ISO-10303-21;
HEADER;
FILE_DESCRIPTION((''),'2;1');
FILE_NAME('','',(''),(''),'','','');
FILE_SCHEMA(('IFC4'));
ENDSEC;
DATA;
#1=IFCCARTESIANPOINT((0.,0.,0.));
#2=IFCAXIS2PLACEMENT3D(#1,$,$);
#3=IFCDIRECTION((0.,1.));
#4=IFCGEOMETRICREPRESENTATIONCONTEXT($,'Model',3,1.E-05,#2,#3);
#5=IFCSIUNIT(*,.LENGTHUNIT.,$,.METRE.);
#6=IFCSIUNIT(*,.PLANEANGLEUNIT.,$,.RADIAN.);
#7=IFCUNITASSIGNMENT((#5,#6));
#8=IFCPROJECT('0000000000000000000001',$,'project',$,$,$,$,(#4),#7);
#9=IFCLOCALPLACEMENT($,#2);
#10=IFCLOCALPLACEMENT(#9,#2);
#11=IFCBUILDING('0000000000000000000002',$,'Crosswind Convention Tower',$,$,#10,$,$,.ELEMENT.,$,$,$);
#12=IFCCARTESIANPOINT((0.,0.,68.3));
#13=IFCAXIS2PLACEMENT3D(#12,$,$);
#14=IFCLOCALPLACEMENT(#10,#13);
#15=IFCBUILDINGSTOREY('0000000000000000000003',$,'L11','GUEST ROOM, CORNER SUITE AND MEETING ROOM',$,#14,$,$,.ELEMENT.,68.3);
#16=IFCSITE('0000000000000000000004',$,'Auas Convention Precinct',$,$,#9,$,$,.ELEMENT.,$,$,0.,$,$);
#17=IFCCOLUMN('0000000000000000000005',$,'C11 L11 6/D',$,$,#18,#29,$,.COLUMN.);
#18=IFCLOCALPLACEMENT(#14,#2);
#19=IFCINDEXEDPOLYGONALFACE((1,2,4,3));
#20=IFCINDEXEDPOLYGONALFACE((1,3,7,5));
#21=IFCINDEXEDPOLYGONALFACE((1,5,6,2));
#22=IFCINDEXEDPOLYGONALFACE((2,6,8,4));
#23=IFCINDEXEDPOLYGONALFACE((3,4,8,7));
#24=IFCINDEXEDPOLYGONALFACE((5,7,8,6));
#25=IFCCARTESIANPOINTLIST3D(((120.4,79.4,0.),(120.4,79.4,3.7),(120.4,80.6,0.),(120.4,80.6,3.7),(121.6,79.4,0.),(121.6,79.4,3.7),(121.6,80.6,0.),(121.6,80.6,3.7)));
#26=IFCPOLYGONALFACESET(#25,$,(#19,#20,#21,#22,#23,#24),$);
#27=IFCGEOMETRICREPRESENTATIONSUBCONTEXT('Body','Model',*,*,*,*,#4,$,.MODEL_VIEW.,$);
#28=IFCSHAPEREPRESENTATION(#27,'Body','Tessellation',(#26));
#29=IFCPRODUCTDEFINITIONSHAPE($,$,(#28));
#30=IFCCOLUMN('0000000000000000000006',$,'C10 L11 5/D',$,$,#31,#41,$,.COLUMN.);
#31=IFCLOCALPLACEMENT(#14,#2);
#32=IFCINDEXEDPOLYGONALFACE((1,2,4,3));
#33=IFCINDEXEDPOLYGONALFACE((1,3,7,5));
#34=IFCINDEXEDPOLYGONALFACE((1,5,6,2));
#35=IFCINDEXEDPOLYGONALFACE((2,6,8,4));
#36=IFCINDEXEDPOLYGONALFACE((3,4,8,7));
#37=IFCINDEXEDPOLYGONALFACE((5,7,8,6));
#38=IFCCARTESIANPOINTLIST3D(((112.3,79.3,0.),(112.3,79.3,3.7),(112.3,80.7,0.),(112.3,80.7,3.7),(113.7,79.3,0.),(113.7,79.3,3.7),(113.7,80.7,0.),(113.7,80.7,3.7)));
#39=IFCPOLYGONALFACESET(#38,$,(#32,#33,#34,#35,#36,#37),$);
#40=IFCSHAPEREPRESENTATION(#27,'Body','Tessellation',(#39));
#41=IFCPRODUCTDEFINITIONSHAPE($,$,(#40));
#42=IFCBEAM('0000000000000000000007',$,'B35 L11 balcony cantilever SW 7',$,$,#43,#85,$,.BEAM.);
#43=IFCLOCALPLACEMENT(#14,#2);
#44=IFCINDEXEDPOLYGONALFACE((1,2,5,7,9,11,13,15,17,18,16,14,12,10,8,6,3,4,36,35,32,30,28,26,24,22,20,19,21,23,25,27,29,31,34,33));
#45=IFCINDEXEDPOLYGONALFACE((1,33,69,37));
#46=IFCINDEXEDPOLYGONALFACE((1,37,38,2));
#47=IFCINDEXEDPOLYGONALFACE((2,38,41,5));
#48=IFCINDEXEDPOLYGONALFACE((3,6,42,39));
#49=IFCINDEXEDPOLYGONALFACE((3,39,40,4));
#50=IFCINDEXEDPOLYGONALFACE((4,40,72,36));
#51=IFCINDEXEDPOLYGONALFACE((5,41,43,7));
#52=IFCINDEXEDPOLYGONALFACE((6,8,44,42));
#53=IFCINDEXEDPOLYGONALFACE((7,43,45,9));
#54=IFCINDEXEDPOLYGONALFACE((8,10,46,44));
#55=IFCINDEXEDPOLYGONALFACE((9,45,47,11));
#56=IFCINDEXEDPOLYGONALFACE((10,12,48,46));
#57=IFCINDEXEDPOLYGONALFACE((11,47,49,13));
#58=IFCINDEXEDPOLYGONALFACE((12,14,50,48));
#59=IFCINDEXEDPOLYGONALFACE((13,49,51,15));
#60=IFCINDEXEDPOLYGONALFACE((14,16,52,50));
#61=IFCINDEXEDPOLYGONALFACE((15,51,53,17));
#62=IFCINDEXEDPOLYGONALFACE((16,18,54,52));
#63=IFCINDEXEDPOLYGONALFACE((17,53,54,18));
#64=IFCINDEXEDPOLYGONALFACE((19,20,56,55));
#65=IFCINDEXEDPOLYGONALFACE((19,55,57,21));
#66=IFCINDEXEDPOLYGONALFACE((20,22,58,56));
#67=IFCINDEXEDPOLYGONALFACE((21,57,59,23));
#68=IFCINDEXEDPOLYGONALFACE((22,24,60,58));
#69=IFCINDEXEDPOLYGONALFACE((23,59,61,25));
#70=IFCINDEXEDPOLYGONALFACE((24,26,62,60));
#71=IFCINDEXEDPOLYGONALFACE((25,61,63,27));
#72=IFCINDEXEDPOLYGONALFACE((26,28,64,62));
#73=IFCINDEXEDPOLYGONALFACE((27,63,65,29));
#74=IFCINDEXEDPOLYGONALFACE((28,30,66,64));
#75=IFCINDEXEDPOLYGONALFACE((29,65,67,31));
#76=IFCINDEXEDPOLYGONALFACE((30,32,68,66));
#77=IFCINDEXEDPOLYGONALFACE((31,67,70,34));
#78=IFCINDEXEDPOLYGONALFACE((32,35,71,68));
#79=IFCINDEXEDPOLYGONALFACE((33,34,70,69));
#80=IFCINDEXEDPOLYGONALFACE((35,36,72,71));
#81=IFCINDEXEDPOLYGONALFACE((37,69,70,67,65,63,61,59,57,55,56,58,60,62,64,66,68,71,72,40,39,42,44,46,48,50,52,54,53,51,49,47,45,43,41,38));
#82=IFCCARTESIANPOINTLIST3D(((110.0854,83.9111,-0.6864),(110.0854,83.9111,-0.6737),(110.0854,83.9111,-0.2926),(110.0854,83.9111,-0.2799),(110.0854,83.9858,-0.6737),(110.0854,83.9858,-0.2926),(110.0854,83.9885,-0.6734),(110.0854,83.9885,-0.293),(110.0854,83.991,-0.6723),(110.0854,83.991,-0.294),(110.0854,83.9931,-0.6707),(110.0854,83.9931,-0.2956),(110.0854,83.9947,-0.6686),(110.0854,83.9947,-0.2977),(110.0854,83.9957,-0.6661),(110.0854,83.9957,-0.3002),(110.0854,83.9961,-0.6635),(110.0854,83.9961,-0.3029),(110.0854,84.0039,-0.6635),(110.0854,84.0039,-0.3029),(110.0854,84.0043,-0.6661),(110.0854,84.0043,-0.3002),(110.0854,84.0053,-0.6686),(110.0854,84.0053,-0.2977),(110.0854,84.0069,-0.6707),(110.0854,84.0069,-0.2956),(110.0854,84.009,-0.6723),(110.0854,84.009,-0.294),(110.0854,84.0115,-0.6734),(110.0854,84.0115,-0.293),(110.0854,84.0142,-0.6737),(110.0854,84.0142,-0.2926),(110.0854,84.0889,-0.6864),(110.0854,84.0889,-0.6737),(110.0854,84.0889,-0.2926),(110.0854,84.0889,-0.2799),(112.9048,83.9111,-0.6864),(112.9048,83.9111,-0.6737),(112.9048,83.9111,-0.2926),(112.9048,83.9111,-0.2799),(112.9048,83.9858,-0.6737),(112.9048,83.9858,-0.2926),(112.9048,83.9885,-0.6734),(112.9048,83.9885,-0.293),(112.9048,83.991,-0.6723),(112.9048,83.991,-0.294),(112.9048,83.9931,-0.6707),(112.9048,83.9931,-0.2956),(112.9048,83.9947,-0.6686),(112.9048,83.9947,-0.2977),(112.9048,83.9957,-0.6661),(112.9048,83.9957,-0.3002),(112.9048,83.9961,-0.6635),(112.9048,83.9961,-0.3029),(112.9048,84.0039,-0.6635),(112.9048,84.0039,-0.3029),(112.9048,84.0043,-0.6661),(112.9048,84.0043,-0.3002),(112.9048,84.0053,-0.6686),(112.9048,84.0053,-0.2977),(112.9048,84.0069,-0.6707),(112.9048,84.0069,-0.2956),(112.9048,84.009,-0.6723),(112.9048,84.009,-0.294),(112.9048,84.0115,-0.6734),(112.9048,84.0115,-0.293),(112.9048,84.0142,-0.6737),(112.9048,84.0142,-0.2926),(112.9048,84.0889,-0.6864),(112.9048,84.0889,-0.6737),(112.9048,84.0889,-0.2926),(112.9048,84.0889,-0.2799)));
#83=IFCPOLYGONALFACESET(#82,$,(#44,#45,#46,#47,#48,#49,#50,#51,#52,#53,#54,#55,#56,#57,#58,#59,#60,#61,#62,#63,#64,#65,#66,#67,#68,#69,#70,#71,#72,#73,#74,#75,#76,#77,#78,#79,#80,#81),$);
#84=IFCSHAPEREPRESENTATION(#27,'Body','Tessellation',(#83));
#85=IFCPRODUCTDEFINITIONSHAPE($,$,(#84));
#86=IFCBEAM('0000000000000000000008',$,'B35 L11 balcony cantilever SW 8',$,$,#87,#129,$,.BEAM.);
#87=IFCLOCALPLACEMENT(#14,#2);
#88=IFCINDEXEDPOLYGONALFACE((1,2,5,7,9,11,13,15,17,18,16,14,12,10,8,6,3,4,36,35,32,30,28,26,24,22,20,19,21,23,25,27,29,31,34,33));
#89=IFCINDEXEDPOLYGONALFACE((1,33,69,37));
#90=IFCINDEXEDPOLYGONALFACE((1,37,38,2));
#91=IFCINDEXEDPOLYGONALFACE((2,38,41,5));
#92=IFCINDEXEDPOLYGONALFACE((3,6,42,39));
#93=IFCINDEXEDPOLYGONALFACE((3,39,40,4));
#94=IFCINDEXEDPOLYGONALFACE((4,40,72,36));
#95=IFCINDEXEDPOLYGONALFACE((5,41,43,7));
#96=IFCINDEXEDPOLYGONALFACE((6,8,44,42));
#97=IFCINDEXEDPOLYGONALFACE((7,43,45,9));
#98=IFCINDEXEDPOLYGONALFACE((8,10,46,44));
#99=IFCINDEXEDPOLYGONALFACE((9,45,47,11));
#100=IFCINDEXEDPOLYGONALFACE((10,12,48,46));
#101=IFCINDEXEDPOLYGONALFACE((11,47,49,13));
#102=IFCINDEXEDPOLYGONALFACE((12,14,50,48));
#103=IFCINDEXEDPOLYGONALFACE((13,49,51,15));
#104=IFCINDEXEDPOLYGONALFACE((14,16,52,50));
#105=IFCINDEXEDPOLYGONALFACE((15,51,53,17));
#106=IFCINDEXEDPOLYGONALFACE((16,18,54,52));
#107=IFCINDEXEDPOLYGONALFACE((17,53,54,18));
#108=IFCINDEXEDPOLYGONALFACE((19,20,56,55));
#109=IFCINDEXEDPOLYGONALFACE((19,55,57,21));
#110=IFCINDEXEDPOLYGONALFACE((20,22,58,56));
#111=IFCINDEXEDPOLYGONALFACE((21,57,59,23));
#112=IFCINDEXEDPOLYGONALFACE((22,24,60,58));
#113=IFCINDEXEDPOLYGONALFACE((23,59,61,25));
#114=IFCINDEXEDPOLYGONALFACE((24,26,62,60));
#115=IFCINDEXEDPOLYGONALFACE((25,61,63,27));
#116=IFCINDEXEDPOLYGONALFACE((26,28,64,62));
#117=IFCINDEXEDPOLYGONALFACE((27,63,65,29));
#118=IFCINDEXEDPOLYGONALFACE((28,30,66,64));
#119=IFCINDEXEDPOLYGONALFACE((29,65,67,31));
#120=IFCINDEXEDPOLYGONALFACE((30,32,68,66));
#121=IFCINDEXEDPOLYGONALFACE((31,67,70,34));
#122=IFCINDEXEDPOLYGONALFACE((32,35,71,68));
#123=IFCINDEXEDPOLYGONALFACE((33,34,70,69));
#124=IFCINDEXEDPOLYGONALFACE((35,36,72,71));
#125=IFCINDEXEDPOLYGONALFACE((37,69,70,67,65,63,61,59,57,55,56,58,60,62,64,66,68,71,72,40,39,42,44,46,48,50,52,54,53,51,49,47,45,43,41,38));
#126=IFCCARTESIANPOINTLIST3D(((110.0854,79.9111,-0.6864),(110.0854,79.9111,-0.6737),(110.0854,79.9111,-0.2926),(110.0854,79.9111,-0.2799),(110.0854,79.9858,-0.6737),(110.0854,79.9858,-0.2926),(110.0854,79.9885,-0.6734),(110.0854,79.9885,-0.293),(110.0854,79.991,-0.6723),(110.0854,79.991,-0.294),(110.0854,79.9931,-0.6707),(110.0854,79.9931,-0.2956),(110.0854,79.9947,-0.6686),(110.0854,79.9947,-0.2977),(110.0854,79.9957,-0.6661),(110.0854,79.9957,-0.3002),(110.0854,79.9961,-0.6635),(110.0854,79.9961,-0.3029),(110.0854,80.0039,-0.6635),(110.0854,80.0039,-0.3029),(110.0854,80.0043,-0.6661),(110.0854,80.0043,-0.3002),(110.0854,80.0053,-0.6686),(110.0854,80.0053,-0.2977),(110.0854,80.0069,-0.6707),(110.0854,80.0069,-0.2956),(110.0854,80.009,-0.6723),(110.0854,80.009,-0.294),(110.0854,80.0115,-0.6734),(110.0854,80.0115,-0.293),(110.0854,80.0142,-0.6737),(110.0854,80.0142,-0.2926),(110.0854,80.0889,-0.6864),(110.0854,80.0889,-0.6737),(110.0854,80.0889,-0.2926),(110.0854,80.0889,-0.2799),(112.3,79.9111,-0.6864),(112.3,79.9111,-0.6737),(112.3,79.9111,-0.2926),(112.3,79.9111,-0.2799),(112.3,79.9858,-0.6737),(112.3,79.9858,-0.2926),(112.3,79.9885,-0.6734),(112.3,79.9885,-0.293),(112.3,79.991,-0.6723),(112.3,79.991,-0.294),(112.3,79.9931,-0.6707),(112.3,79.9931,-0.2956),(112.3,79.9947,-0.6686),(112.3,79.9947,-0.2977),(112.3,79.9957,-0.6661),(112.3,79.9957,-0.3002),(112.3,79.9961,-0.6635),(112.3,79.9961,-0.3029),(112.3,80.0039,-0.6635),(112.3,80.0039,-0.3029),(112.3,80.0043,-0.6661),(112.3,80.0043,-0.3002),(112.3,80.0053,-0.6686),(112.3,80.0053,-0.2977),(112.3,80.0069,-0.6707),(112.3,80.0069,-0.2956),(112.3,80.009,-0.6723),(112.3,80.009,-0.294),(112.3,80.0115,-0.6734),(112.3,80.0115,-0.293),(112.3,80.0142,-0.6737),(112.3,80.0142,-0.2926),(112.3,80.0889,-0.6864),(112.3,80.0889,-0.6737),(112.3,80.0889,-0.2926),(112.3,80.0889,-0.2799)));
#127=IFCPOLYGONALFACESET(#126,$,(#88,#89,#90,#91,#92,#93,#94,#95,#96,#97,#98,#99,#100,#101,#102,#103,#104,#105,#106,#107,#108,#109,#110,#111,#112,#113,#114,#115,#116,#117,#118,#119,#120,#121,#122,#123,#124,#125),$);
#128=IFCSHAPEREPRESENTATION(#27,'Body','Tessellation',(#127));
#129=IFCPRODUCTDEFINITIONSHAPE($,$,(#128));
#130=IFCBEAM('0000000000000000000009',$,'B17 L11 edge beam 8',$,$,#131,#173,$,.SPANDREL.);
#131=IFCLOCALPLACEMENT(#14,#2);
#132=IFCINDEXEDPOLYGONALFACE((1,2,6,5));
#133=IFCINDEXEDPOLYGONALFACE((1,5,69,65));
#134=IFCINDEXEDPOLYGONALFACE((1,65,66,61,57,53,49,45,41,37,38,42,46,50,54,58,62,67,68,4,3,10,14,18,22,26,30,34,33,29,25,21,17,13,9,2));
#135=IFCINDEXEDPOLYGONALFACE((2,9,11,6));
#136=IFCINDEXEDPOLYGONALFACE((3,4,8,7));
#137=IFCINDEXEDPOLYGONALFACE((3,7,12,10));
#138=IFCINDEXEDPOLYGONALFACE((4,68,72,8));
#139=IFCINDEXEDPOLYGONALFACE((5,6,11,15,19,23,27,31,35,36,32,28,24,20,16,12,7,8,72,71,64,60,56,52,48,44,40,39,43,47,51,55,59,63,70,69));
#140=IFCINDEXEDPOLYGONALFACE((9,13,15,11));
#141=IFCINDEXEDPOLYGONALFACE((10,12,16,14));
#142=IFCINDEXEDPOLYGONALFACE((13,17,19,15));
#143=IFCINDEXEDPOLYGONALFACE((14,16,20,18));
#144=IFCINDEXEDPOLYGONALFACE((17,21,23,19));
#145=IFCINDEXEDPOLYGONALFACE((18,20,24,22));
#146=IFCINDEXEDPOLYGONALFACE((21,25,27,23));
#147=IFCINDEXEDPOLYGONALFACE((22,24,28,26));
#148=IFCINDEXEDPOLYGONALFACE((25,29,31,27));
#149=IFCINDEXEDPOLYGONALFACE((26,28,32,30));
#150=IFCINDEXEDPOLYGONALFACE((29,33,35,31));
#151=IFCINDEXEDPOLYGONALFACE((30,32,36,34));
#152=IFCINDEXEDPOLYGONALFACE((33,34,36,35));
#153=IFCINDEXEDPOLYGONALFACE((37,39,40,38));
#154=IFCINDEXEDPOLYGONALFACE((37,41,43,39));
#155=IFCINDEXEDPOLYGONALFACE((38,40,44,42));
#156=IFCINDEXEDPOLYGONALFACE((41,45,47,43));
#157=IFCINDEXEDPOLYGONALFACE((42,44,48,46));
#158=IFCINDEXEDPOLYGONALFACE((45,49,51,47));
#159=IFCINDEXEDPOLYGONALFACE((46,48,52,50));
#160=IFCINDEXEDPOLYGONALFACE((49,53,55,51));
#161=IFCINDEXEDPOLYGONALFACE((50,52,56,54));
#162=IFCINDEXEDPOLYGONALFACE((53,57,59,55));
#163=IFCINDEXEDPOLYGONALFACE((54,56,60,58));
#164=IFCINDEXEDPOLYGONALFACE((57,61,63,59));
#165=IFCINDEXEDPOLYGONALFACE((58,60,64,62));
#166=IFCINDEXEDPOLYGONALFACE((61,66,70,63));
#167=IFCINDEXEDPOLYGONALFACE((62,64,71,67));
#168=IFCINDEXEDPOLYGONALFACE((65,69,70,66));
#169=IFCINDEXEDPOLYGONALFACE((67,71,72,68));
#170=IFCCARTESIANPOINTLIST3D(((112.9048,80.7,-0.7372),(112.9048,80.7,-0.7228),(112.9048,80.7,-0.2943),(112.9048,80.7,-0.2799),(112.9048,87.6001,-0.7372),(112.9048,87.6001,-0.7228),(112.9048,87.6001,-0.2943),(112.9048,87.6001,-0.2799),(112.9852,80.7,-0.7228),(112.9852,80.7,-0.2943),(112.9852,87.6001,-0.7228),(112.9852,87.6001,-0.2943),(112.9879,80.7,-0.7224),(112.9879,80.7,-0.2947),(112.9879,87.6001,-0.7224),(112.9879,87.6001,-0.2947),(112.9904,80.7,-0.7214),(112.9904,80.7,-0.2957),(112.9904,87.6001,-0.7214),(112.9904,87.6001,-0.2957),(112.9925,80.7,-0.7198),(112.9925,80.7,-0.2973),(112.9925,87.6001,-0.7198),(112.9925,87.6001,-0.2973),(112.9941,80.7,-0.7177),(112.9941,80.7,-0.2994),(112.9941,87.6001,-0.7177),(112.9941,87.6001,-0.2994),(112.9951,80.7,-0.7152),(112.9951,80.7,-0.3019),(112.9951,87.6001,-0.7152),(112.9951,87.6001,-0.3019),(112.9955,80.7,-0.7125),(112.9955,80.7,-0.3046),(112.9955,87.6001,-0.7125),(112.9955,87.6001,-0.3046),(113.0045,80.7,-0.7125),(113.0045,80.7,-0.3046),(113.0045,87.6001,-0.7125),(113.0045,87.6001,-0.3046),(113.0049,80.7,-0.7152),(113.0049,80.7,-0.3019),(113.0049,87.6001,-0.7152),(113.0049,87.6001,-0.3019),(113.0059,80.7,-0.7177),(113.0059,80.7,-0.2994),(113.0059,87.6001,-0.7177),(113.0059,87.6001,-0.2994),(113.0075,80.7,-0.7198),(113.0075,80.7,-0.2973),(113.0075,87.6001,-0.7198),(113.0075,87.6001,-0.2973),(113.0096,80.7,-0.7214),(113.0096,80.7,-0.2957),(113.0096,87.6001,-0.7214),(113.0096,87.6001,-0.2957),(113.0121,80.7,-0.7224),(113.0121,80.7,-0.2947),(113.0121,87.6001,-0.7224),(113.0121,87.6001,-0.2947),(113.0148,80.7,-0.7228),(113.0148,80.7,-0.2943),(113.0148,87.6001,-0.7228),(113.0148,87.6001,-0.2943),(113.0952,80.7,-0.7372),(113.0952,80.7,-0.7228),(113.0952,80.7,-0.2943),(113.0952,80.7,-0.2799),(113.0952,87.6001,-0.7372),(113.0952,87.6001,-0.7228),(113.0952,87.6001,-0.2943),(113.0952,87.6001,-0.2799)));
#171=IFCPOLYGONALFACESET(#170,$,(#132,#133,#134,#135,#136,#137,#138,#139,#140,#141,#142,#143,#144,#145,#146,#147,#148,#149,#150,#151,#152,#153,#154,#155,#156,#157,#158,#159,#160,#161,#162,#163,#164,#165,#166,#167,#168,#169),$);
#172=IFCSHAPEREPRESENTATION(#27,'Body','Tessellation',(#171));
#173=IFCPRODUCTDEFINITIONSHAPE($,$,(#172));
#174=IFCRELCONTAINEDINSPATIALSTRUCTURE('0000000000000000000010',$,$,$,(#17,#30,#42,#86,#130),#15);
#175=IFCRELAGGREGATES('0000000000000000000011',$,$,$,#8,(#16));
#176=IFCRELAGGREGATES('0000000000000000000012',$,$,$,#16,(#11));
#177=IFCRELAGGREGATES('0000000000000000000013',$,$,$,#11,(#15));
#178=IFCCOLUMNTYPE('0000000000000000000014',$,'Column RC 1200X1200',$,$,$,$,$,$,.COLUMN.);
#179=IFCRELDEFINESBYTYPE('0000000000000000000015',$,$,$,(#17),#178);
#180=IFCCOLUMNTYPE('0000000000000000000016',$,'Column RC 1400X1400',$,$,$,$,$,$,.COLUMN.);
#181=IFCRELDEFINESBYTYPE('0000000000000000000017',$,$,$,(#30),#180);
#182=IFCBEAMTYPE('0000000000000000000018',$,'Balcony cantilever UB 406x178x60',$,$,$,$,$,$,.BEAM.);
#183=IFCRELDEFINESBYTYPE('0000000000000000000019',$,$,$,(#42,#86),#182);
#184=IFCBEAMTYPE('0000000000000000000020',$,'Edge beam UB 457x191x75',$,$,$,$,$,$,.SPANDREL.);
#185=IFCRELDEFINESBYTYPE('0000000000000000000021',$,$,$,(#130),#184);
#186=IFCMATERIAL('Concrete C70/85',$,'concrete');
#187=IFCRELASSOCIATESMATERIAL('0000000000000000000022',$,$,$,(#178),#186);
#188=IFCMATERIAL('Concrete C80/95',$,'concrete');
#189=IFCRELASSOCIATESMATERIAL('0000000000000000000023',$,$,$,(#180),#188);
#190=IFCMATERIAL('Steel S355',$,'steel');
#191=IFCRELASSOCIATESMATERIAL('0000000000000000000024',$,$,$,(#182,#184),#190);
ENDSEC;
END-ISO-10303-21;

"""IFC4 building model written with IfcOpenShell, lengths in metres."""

from ifc_helpers import new_model, si_unit, direction, frame, origin, origin_2d, place, context, subcontext, project, spatial, rectangle, i_section, extrude, material, material_profile, profile_set, type_object, element, save


model = new_model("IFC4")

# Units and contexts
model_context = context("Model", 3, precision=1e-05, world=origin(), true_north=direction((0.0, 1.0)))
body_context = subcontext(model_context, "Body", "Model", "MODEL_VIEW")
ifc_project = project(units=[si_unit("LENGTHUNIT", "METRE"), si_unit("PLANEANGLEUNIT", "RADIAN")], contexts=[model_context])

# Site, building, storey
site_placement = place(None, origin())
site = spatial("IfcSite", under=ifc_project, at=site_placement, Name="Auas Convention Precinct", CompositionType="ELEMENT", RefElevation=0.0)
building_placement = place(site_placement, origin())
building = spatial("IfcBuilding", under=site, at=building_placement, Name="Crosswind Convention Tower", CompositionType="ELEMENT")
storey_placement = place(building_placement, frame((0.0, 0.0, 68.3)))
storey = spatial("IfcBuildingStorey", under=building, at=storey_placement, Name="L11", Description="GUEST ROOM, CORNER SUITE AND MEETING ROOM", CompositionType="ELEMENT", Elevation=68.3)

# Columns
ifc_material_1 = material(Name="Concrete C70/85", Category="concrete")
ifc_material_profile_1 = material_profile(ifc_material_1, rectangle(XDim=1.2, YDim=1.2, at=origin_2d()), Name="RC 1200X1200")
ifc_profile_set_1 = profile_set([ifc_material_profile_1], Name="Concrete C70/85")
column_type_1 = type_object("IfcColumnType", Name="Column RC 1200X1200", PredefinedType="COLUMN", material=ifc_profile_set_1)
column_1_placement = place(storey_placement, frame((121.0, 80.0, 0.0), z_axis=(0.0, 0.0, 1.0), x_axis=(1.0, 0.0, 0.0)))
element("IfcColumn", 1, at=column_1_placement, inside=storey, type_object=column_type_1, Name="C11 L11 6/D", PredefinedType="COLUMN", context=body_context, shape_type="SweptSolid", body=[
    extrude(rectangle(XDim=1.2, YDim=1.2, at=origin_2d()), origin(), (0.0, 0.0, 1.0), 3.7),
])
ifc_material_2 = material(Name="Concrete C80/95", Category="concrete")
ifc_material_profile_2 = material_profile(ifc_material_2, rectangle(XDim=1.3999, YDim=1.3999, at=origin_2d()), Name="RC 1400X1400")
ifc_profile_set_2 = profile_set([ifc_material_profile_2], Name="Concrete C80/95")
column_type_2 = type_object("IfcColumnType", Name="Column RC 1400X1400", PredefinedType="COLUMN", material=ifc_profile_set_2)
column_2_placement = place(storey_placement, frame((113.0, 80.0, 0.0), z_axis=(0.0, 0.0, 1.0), x_axis=(1.0, 0.0, 0.0)))
element("IfcColumn", 2, at=column_2_placement, inside=storey, type_object=column_type_2, Name="C10 L11 5/D", PredefinedType="COLUMN", context=body_context, shape_type="SweptSolid", body=[
    extrude(rectangle(XDim=1.3999, YDim=1.3999, at=origin_2d()), origin(), (0.0, 0.0, 1.0), 3.7),
])

# Beams
ifc_material_3 = material(Name="Steel S355", Category="steel")
ifc_material_profile_3 = material_profile(ifc_material_3, i_section(OverallWidth=0.1777, OverallDepth=0.4065, WebThickness=0.0078, FlangeThickness=0.0127, FilletRadius=0.0103, at=origin_2d()), Name="UB 406x178x60")
ifc_profile_set_3 = profile_set([ifc_material_profile_3], Name="Steel S355")
beam_type_1 = type_object("IfcBeamType", Name="Balcony cantilever UB 406x178x60", PredefinedType="BEAM", material=ifc_profile_set_3)
beam_1_placement = place(storey_placement, frame((112.9048, 84.0, -0.4832), z_axis=(-1.0, 0.0, 0.0), x_axis=(0.0, -1.0, 0.0)))
element("IfcBeam", 3, at=beam_1_placement, inside=storey, type_object=beam_type_1, Name="B35 L11 balcony cantilever SW 7", PredefinedType="BEAM", context=body_context, shape_type="SweptSolid", body=[
    extrude(i_section(OverallWidth=0.1777, OverallDepth=0.4065, WebThickness=0.0078, FlangeThickness=0.0127, FilletRadius=0.0103, at=origin_2d()), origin(), (0.0, 0.0, 1.0), 2.8193),
])
beam_2_placement = place(storey_placement, frame((112.3, 80.0, -0.4832), z_axis=(-1.0, 0.0, 0.0), x_axis=(0.0, -1.0, 0.0)))
element("IfcBeam", 4, at=beam_2_placement, inside=storey, type_object=beam_type_1, Name="B35 L11 balcony cantilever SW 8", PredefinedType="BEAM", context=body_context, shape_type="SweptSolid", body=[
    extrude(i_section(OverallWidth=0.1777, OverallDepth=0.4065, WebThickness=0.0078, FlangeThickness=0.0127, FilletRadius=0.0103, at=origin_2d()), origin(), (0.0, 0.0, 1.0), 2.2146),
])
ifc_material_profile_4 = material_profile(ifc_material_3, i_section(OverallWidth=0.1904, OverallDepth=0.4573, WebThickness=0.009, FlangeThickness=0.0144, FilletRadius=0.0103, at=origin_2d()), Name="UB 457x191x75")
ifc_profile_set_4 = profile_set([ifc_material_profile_4], Name="Steel S355")
beam_type_2 = type_object("IfcBeamType", Name="Edge beam UB 457x191x75", PredefinedType="SPANDREL", material=ifc_profile_set_4)
beam_3_placement = place(storey_placement, frame((113.0, 80.7, -0.5085), z_axis=(0.0, 1.0, 0.0), x_axis=(-1.0, 0.0, 0.0)))
element("IfcBeam", 5, at=beam_3_placement, inside=storey, type_object=beam_type_2, Name="B17 L11 edge beam 8", PredefinedType="SPANDREL", context=body_context, shape_type="SweptSolid", body=[
    extrude(i_section(OverallWidth=0.1904, OverallDepth=0.4573, WebThickness=0.009, FlangeThickness=0.0144, FilletRadius=0.0103, at=origin_2d()), origin(), (0.0, 0.0, 1.0), 6.9001),
])

save(model, "model.ifc")
